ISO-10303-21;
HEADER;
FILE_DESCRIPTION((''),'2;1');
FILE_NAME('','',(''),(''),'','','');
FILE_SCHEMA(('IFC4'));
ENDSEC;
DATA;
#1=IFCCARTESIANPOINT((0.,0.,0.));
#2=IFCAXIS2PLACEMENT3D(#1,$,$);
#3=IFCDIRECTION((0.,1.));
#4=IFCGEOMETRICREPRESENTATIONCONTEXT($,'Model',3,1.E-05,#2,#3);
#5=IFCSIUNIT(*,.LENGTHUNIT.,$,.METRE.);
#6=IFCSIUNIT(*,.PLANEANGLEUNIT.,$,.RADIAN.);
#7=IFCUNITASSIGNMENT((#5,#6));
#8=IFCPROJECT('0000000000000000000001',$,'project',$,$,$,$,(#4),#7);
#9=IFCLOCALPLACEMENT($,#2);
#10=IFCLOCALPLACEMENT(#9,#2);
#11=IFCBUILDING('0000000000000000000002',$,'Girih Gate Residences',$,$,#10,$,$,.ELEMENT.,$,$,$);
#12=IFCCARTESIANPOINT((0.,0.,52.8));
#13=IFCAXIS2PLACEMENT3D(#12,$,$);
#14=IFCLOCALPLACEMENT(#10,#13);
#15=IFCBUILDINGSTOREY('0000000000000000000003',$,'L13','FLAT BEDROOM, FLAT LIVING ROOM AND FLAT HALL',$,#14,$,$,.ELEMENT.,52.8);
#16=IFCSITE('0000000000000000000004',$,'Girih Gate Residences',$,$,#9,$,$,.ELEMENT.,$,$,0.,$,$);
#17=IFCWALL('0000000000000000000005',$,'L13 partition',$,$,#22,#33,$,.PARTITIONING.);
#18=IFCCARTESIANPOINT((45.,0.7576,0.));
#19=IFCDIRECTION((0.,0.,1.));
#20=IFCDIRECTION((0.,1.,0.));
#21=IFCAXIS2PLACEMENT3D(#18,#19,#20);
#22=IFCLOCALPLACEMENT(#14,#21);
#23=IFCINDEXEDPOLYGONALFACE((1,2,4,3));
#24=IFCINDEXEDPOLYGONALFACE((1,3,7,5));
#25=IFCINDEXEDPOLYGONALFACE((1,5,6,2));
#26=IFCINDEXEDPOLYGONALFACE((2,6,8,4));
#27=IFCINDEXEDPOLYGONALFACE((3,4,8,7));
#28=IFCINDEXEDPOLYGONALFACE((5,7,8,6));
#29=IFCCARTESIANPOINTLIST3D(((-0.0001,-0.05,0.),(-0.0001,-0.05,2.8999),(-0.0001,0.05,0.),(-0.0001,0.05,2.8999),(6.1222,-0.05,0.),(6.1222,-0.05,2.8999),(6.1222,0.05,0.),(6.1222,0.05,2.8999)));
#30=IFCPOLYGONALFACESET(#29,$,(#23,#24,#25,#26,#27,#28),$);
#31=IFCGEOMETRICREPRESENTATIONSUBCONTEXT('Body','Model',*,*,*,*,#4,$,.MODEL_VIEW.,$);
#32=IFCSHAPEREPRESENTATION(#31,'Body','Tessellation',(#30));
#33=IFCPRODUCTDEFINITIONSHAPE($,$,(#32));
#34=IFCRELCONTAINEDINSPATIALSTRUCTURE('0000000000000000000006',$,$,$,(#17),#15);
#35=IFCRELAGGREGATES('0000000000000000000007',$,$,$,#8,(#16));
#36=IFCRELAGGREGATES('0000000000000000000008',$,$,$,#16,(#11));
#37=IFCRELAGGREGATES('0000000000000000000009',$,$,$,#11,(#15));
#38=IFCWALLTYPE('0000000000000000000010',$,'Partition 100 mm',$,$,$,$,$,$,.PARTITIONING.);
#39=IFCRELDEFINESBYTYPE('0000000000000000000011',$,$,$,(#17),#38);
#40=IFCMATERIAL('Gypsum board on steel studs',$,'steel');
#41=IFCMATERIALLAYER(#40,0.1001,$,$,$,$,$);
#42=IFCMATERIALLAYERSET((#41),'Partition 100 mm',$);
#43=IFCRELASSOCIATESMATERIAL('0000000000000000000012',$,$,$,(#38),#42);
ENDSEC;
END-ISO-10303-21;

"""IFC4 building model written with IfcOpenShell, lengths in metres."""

from ifc_helpers import new_model, si_unit, direction, frame, frame_2d, origin, place, context, subcontext, project, spatial, rectangle, extrude, material, layer, layer_set, type_object, element, save


model = new_model("IFC4")

# Units and contexts
model_context = context("Model", 3, precision=1e-05, world=origin(), true_north=direction((0.0, 1.0)))
body_context = subcontext(model_context, "Body", "Model", "MODEL_VIEW")
ifc_project = project(units=[si_unit("LENGTHUNIT", "METRE"), si_unit("PLANEANGLEUNIT", "RADIAN")], contexts=[model_context])

# Site, building, storey
site_placement = place(None, origin())
site = spatial("IfcSite", under=ifc_project, at=site_placement, Name="Girih Gate Residences", CompositionType="ELEMENT", RefElevation=0.0)
building_placement = place(site_placement, origin())
building = spatial("IfcBuilding", under=site, at=building_placement, Name="Girih Gate Residences", CompositionType="ELEMENT")
storey_placement = place(building_placement, frame((0.0, 0.0, 52.8)))
storey = spatial("IfcBuildingStorey", under=building, at=storey_placement, Name="L13", Description="FLAT BEDROOM, FLAT LIVING ROOM AND FLAT HALL", CompositionType="ELEMENT", Elevation=52.8)

# Shared definitions
ifc_material_1 = material(Name="Gypsum board on steel studs", Category="steel")
ifc_layer_1 = layer(ifc_material_1, 0.1001)
ifc_layer_set_1 = layer_set([ifc_layer_1], Name="Partition 100 mm")
wall_type_1 = type_object("IfcWallType", Name="Partition 100 mm", PredefinedType="PARTITIONING", material=ifc_layer_set_1)

# Wall
wall_1_placement = place(storey_placement, frame((45.0, 0.7576, 0.0), z_axis=(0.0, 0.0, 1.0), x_axis=(0.0, 1.0, 0.0)))
element("IfcWall", 1, at=wall_1_placement, inside=storey, type_object=wall_type_1, Name="L13 partition", PredefinedType="PARTITIONING", context=body_context, shape_type="SweptSolid", body=[
    extrude(rectangle(XDim=6.1223, YDim=0.1001, at=frame_2d((3.061, 0.0))), origin(), (0.0, 0.0, 1.0), 2.8999),
])

save(model, "model.ifc")
